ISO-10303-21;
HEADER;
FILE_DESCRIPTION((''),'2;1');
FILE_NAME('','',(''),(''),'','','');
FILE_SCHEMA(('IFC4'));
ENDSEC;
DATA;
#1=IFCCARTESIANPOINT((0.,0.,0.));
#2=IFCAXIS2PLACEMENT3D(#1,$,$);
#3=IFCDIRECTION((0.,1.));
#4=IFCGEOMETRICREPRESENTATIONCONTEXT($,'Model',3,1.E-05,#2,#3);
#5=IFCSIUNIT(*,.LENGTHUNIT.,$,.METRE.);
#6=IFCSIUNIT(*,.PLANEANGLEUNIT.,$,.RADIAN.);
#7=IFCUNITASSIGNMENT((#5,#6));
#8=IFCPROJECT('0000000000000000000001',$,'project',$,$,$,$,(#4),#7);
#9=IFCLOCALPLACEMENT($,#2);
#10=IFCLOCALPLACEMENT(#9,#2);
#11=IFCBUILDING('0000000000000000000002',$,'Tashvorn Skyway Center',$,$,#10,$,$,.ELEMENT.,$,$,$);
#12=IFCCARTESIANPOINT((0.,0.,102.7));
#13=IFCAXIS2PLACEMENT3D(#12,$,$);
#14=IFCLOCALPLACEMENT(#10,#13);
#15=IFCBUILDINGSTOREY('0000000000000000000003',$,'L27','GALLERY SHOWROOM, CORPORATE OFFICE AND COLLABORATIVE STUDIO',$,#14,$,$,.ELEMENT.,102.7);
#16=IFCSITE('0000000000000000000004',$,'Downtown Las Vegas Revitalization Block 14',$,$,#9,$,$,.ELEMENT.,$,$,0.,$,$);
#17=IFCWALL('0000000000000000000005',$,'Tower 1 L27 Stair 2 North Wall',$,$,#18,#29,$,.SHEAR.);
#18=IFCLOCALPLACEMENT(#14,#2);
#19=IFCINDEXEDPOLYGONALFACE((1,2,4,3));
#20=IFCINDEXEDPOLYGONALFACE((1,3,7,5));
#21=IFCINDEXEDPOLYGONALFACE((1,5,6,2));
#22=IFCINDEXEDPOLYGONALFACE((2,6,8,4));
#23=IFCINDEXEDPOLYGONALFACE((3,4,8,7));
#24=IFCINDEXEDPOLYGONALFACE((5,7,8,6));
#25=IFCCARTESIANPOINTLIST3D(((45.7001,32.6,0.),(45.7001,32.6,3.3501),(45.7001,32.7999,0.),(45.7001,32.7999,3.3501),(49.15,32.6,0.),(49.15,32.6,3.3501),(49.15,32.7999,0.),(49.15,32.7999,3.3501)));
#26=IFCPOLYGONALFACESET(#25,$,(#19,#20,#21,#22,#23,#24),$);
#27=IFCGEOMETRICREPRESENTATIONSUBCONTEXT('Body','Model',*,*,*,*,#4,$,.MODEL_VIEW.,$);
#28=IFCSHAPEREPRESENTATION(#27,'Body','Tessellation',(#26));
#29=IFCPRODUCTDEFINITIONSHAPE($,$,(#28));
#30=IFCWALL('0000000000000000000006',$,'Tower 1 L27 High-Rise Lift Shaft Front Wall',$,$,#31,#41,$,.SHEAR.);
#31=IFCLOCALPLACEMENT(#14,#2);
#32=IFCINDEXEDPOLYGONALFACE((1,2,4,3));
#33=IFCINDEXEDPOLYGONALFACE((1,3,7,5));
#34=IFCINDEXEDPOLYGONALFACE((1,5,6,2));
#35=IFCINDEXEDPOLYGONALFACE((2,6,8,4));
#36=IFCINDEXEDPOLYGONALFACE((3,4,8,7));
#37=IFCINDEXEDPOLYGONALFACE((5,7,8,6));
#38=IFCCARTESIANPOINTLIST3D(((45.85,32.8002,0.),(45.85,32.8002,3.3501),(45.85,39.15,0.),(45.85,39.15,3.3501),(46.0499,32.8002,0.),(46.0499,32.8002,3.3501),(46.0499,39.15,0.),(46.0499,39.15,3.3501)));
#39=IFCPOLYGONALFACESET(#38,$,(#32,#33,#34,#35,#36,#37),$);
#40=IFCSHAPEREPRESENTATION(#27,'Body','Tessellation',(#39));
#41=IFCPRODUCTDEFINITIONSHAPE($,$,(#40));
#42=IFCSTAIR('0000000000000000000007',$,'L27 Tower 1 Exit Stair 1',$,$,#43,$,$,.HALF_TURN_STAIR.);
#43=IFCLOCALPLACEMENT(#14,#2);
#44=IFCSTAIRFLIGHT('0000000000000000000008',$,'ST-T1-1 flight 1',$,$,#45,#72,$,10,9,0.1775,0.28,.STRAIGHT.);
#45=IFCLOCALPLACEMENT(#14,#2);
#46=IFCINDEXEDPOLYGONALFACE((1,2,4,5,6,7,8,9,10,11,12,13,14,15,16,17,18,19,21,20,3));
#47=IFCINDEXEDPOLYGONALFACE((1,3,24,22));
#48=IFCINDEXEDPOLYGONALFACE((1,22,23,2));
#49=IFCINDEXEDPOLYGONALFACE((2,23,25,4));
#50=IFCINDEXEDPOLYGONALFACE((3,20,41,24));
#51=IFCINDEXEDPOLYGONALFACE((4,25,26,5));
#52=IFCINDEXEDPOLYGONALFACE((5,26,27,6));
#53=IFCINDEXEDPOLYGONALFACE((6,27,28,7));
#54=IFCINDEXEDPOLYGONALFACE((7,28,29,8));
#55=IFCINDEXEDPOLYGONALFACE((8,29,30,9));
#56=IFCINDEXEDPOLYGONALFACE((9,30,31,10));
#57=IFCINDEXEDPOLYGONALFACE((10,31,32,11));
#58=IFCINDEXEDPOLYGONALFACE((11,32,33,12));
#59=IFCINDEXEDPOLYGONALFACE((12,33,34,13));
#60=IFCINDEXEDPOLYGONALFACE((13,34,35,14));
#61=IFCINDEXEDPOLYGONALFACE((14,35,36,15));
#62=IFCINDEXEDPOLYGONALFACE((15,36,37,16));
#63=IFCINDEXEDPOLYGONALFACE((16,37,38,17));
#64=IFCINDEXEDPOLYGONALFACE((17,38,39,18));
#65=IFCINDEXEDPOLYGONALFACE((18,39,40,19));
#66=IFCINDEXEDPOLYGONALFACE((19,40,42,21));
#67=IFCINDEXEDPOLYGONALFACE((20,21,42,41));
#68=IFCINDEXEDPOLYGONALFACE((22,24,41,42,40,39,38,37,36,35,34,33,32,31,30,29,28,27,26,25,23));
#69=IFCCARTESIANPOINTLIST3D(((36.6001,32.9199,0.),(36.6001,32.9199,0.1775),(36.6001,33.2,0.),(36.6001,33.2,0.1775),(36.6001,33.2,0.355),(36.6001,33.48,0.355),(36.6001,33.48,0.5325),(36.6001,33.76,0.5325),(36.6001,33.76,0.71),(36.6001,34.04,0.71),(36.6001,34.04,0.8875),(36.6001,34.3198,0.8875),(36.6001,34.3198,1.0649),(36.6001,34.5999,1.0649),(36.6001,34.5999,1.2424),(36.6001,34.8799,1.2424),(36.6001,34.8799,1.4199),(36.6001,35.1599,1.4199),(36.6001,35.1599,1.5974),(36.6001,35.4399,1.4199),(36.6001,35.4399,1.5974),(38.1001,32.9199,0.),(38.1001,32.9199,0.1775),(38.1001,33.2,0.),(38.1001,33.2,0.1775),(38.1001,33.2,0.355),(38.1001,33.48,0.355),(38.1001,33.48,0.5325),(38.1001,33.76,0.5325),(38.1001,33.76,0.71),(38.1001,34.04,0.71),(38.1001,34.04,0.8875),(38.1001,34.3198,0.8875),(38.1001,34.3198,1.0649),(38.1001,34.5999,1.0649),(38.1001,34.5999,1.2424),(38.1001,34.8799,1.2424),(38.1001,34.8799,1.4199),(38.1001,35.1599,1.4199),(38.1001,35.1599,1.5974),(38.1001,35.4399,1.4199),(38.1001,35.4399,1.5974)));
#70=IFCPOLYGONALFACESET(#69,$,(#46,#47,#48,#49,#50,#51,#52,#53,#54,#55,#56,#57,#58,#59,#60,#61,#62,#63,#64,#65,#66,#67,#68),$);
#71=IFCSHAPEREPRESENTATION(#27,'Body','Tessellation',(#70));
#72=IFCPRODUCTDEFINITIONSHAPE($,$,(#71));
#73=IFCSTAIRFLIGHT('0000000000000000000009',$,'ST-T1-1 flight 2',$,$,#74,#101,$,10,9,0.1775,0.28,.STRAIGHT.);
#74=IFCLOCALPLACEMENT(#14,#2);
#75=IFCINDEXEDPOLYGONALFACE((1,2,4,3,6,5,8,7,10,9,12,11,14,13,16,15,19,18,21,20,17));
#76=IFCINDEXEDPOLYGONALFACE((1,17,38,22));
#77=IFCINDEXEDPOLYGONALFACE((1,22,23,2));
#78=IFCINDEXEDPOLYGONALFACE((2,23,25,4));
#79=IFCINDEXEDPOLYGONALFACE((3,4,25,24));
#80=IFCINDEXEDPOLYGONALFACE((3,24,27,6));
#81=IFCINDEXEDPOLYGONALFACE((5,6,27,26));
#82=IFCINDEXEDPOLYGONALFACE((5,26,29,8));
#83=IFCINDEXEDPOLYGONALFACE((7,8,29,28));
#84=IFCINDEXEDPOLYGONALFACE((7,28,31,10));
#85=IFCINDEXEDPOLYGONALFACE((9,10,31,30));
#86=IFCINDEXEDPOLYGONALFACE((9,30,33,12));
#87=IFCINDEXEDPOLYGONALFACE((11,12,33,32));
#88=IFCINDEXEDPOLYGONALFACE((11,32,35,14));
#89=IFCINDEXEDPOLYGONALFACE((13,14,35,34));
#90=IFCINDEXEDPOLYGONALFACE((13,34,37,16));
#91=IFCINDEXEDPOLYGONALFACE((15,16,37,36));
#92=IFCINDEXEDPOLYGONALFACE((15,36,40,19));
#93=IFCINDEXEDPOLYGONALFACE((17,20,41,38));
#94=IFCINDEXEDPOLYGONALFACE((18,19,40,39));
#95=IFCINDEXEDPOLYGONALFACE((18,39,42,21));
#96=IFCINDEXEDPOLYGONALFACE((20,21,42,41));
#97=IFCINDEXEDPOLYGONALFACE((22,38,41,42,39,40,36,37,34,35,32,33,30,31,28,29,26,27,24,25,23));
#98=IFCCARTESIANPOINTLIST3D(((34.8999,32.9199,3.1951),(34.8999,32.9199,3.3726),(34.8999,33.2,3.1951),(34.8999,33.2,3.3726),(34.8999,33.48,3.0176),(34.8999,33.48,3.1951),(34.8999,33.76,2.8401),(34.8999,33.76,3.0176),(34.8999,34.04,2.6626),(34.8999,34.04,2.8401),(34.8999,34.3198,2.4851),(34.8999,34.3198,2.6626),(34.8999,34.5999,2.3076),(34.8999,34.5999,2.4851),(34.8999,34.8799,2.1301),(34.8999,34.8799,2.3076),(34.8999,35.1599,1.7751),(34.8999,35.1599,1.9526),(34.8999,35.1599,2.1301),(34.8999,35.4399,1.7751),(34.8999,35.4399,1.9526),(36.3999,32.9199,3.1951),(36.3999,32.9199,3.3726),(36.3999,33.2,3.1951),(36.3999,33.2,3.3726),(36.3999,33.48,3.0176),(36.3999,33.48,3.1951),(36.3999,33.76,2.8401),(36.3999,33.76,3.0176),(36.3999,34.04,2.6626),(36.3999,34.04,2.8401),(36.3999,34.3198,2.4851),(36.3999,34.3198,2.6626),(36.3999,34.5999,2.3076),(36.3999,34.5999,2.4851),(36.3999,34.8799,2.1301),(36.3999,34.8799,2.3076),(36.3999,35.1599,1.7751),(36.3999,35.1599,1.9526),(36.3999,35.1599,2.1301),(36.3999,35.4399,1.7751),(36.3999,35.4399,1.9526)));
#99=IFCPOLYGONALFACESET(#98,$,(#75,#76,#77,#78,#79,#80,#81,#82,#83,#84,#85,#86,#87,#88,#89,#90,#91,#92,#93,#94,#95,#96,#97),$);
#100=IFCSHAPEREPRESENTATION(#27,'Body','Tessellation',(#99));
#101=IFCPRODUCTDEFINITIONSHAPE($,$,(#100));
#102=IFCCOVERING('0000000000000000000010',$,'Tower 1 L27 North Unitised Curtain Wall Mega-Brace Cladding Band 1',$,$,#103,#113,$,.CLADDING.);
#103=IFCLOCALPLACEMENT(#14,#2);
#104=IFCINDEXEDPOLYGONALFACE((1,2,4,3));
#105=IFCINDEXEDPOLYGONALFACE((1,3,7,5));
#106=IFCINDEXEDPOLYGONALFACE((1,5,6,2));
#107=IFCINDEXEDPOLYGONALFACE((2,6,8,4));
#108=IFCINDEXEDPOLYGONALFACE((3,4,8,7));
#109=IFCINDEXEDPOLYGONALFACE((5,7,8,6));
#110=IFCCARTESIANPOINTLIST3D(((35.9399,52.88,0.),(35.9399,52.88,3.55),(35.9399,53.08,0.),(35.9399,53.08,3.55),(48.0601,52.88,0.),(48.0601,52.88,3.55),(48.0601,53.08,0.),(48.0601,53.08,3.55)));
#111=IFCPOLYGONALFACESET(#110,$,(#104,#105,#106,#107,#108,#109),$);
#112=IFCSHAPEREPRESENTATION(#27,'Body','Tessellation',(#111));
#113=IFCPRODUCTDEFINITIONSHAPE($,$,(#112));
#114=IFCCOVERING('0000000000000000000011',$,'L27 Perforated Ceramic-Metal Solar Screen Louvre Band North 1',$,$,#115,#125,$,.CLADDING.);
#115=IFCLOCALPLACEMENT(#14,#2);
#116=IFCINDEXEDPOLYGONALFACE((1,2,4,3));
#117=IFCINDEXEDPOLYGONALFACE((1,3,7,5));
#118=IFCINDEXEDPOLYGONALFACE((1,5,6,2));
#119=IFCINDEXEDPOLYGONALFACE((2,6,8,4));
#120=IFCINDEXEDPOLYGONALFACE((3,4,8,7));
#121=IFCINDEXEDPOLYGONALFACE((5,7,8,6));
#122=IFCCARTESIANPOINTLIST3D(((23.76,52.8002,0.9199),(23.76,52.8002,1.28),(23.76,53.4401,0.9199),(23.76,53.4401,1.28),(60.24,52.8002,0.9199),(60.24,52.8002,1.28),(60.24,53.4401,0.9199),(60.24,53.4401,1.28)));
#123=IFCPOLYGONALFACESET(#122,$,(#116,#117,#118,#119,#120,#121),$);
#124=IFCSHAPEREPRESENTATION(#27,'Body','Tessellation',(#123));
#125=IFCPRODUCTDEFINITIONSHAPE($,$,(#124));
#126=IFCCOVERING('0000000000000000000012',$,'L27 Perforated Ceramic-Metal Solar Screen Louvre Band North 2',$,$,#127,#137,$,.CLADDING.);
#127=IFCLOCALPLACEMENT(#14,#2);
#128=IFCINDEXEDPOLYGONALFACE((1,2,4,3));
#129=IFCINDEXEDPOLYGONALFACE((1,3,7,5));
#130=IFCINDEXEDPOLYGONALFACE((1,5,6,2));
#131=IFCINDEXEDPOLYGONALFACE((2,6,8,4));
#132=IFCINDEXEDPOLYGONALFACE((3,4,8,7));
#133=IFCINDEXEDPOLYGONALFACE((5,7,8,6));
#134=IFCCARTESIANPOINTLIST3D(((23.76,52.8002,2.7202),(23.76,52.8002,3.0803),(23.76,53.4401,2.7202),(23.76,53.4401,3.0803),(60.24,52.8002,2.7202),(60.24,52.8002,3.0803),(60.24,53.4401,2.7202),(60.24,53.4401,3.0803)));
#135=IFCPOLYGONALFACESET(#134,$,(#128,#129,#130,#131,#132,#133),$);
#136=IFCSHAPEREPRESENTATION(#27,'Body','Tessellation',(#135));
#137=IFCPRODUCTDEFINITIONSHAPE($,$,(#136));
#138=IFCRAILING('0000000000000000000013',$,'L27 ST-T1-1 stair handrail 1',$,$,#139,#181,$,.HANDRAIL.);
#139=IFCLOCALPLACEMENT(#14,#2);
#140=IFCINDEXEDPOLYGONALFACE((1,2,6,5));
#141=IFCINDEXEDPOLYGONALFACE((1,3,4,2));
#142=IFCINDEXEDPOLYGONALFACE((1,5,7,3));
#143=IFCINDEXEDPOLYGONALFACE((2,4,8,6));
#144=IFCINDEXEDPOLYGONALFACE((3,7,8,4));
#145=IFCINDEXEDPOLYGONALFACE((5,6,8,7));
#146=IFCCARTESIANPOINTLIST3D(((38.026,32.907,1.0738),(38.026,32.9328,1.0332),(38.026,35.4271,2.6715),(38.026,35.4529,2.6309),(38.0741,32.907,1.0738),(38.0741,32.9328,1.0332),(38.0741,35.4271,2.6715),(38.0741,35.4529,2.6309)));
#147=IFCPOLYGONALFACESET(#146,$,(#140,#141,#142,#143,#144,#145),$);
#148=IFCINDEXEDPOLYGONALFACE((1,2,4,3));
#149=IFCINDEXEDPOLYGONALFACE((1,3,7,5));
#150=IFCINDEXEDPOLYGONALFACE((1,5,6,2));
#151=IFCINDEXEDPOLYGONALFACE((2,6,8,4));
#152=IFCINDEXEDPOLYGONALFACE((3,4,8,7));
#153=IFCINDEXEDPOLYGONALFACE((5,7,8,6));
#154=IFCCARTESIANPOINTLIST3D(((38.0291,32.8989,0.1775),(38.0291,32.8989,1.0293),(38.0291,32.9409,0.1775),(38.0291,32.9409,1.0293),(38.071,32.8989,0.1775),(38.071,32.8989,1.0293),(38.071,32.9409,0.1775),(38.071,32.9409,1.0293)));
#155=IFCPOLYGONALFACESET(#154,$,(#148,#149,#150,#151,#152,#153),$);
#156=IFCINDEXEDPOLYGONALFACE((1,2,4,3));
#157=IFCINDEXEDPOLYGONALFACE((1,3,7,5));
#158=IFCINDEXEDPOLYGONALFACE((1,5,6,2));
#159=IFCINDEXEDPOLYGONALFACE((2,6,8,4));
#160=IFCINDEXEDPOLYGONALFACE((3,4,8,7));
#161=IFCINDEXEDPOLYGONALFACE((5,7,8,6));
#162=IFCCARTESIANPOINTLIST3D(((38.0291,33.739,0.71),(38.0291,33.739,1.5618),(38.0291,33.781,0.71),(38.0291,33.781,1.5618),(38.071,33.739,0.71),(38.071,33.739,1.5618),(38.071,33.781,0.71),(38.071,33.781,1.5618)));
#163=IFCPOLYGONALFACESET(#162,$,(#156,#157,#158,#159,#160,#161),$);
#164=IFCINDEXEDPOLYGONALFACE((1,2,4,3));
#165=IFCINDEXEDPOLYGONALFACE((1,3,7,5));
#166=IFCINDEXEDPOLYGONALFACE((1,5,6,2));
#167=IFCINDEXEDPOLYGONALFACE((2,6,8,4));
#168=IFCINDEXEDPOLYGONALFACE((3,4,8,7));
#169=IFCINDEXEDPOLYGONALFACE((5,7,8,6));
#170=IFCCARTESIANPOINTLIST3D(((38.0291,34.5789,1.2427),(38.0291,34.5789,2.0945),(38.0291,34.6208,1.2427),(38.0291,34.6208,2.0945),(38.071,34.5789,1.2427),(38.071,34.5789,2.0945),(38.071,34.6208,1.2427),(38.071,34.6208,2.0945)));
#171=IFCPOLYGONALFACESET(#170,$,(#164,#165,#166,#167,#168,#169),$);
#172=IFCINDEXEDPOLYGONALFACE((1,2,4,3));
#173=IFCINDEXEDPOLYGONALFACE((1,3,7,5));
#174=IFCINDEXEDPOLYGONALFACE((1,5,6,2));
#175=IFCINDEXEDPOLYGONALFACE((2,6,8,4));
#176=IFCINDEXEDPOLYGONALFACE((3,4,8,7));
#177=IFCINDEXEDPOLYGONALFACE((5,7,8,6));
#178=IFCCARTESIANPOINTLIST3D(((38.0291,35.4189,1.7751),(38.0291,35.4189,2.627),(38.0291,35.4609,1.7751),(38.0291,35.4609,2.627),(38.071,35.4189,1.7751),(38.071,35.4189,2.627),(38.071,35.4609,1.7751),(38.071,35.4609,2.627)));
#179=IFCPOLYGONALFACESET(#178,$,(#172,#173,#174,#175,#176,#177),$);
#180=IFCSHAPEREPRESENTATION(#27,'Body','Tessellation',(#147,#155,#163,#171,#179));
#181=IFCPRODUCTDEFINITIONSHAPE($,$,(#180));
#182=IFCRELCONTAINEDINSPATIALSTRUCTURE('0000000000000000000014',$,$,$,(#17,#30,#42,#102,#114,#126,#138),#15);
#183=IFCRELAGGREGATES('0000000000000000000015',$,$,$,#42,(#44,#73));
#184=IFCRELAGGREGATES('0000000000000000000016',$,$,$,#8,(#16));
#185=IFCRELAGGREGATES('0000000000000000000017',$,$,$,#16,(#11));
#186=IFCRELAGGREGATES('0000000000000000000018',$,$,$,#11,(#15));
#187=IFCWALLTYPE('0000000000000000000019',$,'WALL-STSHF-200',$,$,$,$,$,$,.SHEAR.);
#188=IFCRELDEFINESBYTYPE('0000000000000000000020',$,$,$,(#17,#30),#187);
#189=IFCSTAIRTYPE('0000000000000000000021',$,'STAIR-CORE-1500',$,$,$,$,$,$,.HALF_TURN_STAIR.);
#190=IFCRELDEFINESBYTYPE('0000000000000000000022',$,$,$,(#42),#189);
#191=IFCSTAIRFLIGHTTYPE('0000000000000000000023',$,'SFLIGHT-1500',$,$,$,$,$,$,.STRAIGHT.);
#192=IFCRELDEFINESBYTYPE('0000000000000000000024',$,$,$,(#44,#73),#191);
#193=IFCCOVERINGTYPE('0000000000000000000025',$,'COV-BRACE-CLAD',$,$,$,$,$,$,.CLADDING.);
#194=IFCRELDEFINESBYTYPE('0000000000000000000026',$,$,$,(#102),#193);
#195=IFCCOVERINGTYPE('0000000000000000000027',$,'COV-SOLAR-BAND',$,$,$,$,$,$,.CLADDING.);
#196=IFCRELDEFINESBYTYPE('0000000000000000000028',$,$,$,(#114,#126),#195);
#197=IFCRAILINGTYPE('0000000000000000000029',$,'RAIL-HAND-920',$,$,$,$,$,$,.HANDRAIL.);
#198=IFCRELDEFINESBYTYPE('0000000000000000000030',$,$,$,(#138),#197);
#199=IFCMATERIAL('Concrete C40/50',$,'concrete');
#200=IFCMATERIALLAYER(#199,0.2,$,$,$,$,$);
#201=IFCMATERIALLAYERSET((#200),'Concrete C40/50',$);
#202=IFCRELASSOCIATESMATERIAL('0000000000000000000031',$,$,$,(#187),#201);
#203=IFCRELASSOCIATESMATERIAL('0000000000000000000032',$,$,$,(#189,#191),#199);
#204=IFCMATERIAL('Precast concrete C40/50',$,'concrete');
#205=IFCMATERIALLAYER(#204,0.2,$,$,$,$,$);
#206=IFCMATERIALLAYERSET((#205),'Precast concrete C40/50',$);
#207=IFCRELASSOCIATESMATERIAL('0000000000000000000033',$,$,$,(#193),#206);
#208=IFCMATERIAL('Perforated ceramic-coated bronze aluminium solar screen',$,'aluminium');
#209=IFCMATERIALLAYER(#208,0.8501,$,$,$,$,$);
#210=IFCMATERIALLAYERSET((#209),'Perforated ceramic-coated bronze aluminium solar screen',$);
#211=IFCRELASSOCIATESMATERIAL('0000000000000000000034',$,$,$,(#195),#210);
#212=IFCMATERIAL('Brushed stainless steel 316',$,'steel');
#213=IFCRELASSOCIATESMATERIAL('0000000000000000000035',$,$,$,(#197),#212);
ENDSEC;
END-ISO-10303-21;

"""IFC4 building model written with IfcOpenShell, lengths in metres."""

from ifc_helpers import new_model, si_unit, direction, frame, frame_2d, origin, origin_2d, place, context, subcontext, project, spatial, polyline, rectangle, outline, extrude, material, layer, layer_set, type_object, element, aggregate, save


model = new_model("IFC4")

# Units and contexts
model_context = context("Model", 3, precision=1e-05, world=origin(), true_north=direction((0.0, 1.0)))
body_context = subcontext(model_context, "Body", "Model", "MODEL_VIEW")
ifc_project = project(units=[si_unit("LENGTHUNIT", "METRE"), si_unit("PLANEANGLEUNIT", "RADIAN")], contexts=[model_context])

# Site, building, storey
site_placement = place(None, origin())
site = spatial("IfcSite", under=ifc_project, at=site_placement, Name="Downtown Las Vegas Revitalization Block 14", CompositionType="ELEMENT", RefElevation=0.0)
building_placement = place(site_placement, origin())
building = spatial("IfcBuilding", under=site, at=building_placement, Name="Tashvorn Skyway Center", CompositionType="ELEMENT")
storey_placement = place(building_placement, frame((0.0, 0.0, 102.7)))
storey = spatial("IfcBuildingStorey", under=building, at=storey_placement, Name="L27", Description="GALLERY SHOWROOM, CORPORATE OFFICE AND COLLABORATIVE STUDIO", CompositionType="ELEMENT", Elevation=102.7)

# Shared definitions
ifc_material_1 = material(Name="Concrete C40/50", Category="concrete")

# Shared definitions
ifc_layer_1 = layer(ifc_material_1, 0.2)
ifc_layer_set_1 = layer_set([ifc_layer_1], Name="Concrete C40/50")
wall_type_1 = type_object("IfcWallType", Name="WALL-STSHF-200", PredefinedType="SHEAR", material=ifc_layer_set_1)

# Walls
wall_1_placement = place(storey_placement, frame((45.7, 32.7, 0.0), z_axis=(0.0, 0.0, 1.0), x_axis=(1.0, 0.0, 0.0)))
element("IfcWall", 1, at=wall_1_placement, inside=storey, type_object=wall_type_1, Name="Tower 1 L27 Stair 2 North Wall", PredefinedType="SHEAR", context=body_context, shape_type="SweptSolid", body=[
    extrude(rectangle(XDim=3.45, YDim=0.2, at=frame_2d((1.7251, 0.0))), origin(), (0.0, 0.0, 1.0), 3.3501),
])
wall_2_placement = place(storey_placement, frame((45.95, 39.1499, 0.0), z_axis=(0.0, 0.0, 1.0), x_axis=(0.0, -1.0, 0.0)))
element("IfcWall", 2, at=wall_2_placement, inside=storey, type_object=wall_type_1, Name="Tower 1 L27 High-Rise Lift Shaft Front Wall", PredefinedType="SHEAR", context=body_context, shape_type="SweptSolid", body=[
    extrude(rectangle(XDim=6.3499, YDim=0.2, at=frame_2d((3.1748, 0.0))), origin(), (0.0, 0.0, 1.0), 3.3501),
])

# Stair, stair flights
stair_type = type_object("IfcStairType", Name="STAIR-CORE-1500", PredefinedType="HALF_TURN_STAIR", material=ifc_material_1)
stair_placement = place(storey_placement, origin())
stair = element("IfcStair", 3, at=stair_placement, inside=storey, type_object=stair_type, Name="L27 Tower 1 Exit Stair 1", PredefinedType="HALF_TURN_STAIR")
stair_flight_type = type_object("IfcStairFlightType", Name="SFLIGHT-1500", PredefinedType="STRAIGHT", material=ifc_material_1)
stair_flight_1_placement = place(storey_placement, frame((37.3501, 32.9199, 0.0), z_axis=(0.0, 0.0, 1.0), x_axis=(0.0, 1.0, 0.0)))
stair_flight_1 = element("IfcStairFlight", 4, at=stair_flight_1_placement, type_object=stair_flight_type, Name="ST-T1-1 flight 1", NumberOfRisers=10, NumberOfTreads=9, PredefinedType="STRAIGHT", RiserHeight=0.1775, TreadLength=0.28, context=body_context, shape_type="SweptSolid", body=[
    extrude(outline(polyline([(0.0, 0.0), (0.0, 0.1775), (0.28, 0.1775), (0.28, 0.355), (0.5601, 0.355), (0.5601, 0.5325), (0.8401, 0.5325), (0.8401, 0.71), (1.1201, 0.71), (1.1201, 0.8875), (1.3999, 0.8875), (1.3999, 1.0649), (1.6799, 1.0649), (1.6799, 1.2424), (1.96, 1.2424), (1.96, 1.4199), (2.24, 1.4199), (2.24, 1.5974), (2.52, 1.5974), (2.52, 1.7749), (2.52, 1.4199), (0.28, 0.0), (0.0, 0.0)])), frame((0.0, 0.75, 0.0), z_axis=(0.0, -1.0, 0.0), x_axis=(1.0, 0.0, 0.0)), (0.0, 0.0, 1.0), 1.5),
])
stair_flight_2_placement = place(storey_placement, frame((35.6499, 35.4399, 1.7751), z_axis=(0.0, 0.0, 1.0), x_axis=(0.0, -1.0, 0.0)))
stair_flight_2 = element("IfcStairFlight", 5, at=stair_flight_2_placement, type_object=stair_flight_type, Name="ST-T1-1 flight 2", NumberOfRisers=10, NumberOfTreads=9, PredefinedType="STRAIGHT", RiserHeight=0.1775, TreadLength=0.28, context=body_context, shape_type="SweptSolid", body=[
    extrude(outline(polyline([(0.0, 0.0), (0.0, 0.1775), (0.28, 0.1775), (0.28, 0.355), (0.5601, 0.355), (0.5601, 0.5325), (0.8401, 0.5325), (0.8401, 0.71), (1.1201, 0.71), (1.1201, 0.8875), (1.3999, 0.8875), (1.3999, 1.0649), (1.6799, 1.0649), (1.6799, 1.2424), (1.96, 1.2424), (1.96, 1.4199), (2.24, 1.4199), (2.24, 1.5974), (2.52, 1.5974), (2.52, 1.7749), (2.52, 1.4199), (0.28, 0.0), (0.0, 0.0)])), frame((0.0, 0.75, 0.0), z_axis=(0.0, -1.0, 0.0), x_axis=(1.0, 0.0, 0.0)), (0.0, 0.0, 1.0), 1.5),
])
aggregate(stair, [stair_flight_1, stair_flight_2])

# Coverings
ifc_material_2 = material(Name="Precast concrete C40/50", Category="concrete")
ifc_layer_2 = layer(ifc_material_2, 0.2)
ifc_layer_set_2 = layer_set([ifc_layer_2], Name="Precast concrete C40/50")
covering_type_1 = type_object("IfcCoveringType", Name="COV-BRACE-CLAD", PredefinedType="CLADDING", material=ifc_layer_set_2)
covering_placement = place(storey_placement, frame((42.0, 52.98, 0.0), z_axis=(0.0, 0.0, 1.0), x_axis=(1.0, 0.0, 0.0)))
element("IfcCovering", 6, at=covering_placement, inside=storey, type_object=covering_type_1, Name="Tower 1 L27 North Unitised Curtain Wall Mega-Brace Cladding Band 1", PredefinedType="CLADDING", context=body_context, shape_type="SweptSolid", body=[
    extrude(rectangle(XDim=12.1201, YDim=0.2, at=origin_2d()), origin(), (0.0, 0.0, 1.0), 3.55),
])
ifc_material_3 = material(Name="Perforated ceramic-coated bronze aluminium solar screen", Category="aluminium")
ifc_layer_3 = layer(ifc_material_3, 0.8501)
ifc_layer_set_3 = layer_set([ifc_layer_3], Name="Perforated ceramic-coated bronze aluminium solar screen")
covering_type_2 = type_object("IfcCoveringType", Name="COV-SOLAR-BAND", PredefinedType="CLADDING", material=ifc_layer_set_3)
for number, where, z_axis, x_axis, name in (
    (7, (42.0, 53.1201, 0.9199), (0.0, 0.0, 1.0), (1.0, 0.0, 0.0), "L27 Perforated Ceramic-Metal Solar Screen Louvre Band North 1"),
    (8, (42.0, 53.1201, 2.7202), (0.0, 0.0, 1.0), (1.0, 0.0, 0.0), "L27 Perforated Ceramic-Metal Solar Screen Louvre Band North 2"),
):
    element("IfcCovering", number, at=place(storey_placement, frame(where, z_axis=z_axis, x_axis=x_axis)), inside=storey, type_object=covering_type_2, Name=name, PredefinedType="CLADDING", context=body_context, shape_type="SweptSolid", body=[
        extrude(rectangle(XDim=36.48, YDim=0.6399, at=origin_2d()), origin(), (0.0, 0.0, 1.0), 0.3601),
    ])

# Railing
ifc_material_4 = material(Name="Brushed stainless steel 316", Category="steel")
railing_type_1 = type_object("IfcRailingType", Name="RAIL-HAND-920", PredefinedType="HANDRAIL", material=ifc_material_4)
railing_1_placement = place(storey_placement, frame((38.05, 32.9199, 0.1775)))
element("IfcRailing", 9, at=railing_1_placement, inside=storey, type_object=railing_type_1, Name="L27 ST-T1-1 stair handrail 1", PredefinedType="HANDRAIL", context=body_context, shape_type="SweptSolid", body=[
    extrude(rectangle(XDim=0.0481, YDim=0.0481, at=origin_2d()), frame((0.0, 0.0, 0.876), z_axis=(0.0, 0.84457, 0.535445), x_axis=(-1.0, 0.0, 0.0)), (0.0, 0.0, 1.0), 2.9839),
    extrude(rectangle(XDim=0.042, YDim=0.042, at=origin_2d()), origin(), (0.0, 0.0, 1.0), 0.8518),
    extrude(rectangle(XDim=0.042, YDim=0.042, at=origin_2d()), frame((0.0, 0.8401, 0.5325)), (0.0, 0.0, 1.0), 0.8518),
    extrude(rectangle(XDim=0.042, YDim=0.042, at=origin_2d()), frame((0.0, 1.6799, 1.0652)), (0.0, 0.0, 1.0), 0.8518),
    extrude(rectangle(XDim=0.042, YDim=0.042, at=origin_2d()), frame((0.0, 2.52, 1.5977)), (0.0, 0.0, 1.0), 0.8518),
])

save(model, "model.ifc")
